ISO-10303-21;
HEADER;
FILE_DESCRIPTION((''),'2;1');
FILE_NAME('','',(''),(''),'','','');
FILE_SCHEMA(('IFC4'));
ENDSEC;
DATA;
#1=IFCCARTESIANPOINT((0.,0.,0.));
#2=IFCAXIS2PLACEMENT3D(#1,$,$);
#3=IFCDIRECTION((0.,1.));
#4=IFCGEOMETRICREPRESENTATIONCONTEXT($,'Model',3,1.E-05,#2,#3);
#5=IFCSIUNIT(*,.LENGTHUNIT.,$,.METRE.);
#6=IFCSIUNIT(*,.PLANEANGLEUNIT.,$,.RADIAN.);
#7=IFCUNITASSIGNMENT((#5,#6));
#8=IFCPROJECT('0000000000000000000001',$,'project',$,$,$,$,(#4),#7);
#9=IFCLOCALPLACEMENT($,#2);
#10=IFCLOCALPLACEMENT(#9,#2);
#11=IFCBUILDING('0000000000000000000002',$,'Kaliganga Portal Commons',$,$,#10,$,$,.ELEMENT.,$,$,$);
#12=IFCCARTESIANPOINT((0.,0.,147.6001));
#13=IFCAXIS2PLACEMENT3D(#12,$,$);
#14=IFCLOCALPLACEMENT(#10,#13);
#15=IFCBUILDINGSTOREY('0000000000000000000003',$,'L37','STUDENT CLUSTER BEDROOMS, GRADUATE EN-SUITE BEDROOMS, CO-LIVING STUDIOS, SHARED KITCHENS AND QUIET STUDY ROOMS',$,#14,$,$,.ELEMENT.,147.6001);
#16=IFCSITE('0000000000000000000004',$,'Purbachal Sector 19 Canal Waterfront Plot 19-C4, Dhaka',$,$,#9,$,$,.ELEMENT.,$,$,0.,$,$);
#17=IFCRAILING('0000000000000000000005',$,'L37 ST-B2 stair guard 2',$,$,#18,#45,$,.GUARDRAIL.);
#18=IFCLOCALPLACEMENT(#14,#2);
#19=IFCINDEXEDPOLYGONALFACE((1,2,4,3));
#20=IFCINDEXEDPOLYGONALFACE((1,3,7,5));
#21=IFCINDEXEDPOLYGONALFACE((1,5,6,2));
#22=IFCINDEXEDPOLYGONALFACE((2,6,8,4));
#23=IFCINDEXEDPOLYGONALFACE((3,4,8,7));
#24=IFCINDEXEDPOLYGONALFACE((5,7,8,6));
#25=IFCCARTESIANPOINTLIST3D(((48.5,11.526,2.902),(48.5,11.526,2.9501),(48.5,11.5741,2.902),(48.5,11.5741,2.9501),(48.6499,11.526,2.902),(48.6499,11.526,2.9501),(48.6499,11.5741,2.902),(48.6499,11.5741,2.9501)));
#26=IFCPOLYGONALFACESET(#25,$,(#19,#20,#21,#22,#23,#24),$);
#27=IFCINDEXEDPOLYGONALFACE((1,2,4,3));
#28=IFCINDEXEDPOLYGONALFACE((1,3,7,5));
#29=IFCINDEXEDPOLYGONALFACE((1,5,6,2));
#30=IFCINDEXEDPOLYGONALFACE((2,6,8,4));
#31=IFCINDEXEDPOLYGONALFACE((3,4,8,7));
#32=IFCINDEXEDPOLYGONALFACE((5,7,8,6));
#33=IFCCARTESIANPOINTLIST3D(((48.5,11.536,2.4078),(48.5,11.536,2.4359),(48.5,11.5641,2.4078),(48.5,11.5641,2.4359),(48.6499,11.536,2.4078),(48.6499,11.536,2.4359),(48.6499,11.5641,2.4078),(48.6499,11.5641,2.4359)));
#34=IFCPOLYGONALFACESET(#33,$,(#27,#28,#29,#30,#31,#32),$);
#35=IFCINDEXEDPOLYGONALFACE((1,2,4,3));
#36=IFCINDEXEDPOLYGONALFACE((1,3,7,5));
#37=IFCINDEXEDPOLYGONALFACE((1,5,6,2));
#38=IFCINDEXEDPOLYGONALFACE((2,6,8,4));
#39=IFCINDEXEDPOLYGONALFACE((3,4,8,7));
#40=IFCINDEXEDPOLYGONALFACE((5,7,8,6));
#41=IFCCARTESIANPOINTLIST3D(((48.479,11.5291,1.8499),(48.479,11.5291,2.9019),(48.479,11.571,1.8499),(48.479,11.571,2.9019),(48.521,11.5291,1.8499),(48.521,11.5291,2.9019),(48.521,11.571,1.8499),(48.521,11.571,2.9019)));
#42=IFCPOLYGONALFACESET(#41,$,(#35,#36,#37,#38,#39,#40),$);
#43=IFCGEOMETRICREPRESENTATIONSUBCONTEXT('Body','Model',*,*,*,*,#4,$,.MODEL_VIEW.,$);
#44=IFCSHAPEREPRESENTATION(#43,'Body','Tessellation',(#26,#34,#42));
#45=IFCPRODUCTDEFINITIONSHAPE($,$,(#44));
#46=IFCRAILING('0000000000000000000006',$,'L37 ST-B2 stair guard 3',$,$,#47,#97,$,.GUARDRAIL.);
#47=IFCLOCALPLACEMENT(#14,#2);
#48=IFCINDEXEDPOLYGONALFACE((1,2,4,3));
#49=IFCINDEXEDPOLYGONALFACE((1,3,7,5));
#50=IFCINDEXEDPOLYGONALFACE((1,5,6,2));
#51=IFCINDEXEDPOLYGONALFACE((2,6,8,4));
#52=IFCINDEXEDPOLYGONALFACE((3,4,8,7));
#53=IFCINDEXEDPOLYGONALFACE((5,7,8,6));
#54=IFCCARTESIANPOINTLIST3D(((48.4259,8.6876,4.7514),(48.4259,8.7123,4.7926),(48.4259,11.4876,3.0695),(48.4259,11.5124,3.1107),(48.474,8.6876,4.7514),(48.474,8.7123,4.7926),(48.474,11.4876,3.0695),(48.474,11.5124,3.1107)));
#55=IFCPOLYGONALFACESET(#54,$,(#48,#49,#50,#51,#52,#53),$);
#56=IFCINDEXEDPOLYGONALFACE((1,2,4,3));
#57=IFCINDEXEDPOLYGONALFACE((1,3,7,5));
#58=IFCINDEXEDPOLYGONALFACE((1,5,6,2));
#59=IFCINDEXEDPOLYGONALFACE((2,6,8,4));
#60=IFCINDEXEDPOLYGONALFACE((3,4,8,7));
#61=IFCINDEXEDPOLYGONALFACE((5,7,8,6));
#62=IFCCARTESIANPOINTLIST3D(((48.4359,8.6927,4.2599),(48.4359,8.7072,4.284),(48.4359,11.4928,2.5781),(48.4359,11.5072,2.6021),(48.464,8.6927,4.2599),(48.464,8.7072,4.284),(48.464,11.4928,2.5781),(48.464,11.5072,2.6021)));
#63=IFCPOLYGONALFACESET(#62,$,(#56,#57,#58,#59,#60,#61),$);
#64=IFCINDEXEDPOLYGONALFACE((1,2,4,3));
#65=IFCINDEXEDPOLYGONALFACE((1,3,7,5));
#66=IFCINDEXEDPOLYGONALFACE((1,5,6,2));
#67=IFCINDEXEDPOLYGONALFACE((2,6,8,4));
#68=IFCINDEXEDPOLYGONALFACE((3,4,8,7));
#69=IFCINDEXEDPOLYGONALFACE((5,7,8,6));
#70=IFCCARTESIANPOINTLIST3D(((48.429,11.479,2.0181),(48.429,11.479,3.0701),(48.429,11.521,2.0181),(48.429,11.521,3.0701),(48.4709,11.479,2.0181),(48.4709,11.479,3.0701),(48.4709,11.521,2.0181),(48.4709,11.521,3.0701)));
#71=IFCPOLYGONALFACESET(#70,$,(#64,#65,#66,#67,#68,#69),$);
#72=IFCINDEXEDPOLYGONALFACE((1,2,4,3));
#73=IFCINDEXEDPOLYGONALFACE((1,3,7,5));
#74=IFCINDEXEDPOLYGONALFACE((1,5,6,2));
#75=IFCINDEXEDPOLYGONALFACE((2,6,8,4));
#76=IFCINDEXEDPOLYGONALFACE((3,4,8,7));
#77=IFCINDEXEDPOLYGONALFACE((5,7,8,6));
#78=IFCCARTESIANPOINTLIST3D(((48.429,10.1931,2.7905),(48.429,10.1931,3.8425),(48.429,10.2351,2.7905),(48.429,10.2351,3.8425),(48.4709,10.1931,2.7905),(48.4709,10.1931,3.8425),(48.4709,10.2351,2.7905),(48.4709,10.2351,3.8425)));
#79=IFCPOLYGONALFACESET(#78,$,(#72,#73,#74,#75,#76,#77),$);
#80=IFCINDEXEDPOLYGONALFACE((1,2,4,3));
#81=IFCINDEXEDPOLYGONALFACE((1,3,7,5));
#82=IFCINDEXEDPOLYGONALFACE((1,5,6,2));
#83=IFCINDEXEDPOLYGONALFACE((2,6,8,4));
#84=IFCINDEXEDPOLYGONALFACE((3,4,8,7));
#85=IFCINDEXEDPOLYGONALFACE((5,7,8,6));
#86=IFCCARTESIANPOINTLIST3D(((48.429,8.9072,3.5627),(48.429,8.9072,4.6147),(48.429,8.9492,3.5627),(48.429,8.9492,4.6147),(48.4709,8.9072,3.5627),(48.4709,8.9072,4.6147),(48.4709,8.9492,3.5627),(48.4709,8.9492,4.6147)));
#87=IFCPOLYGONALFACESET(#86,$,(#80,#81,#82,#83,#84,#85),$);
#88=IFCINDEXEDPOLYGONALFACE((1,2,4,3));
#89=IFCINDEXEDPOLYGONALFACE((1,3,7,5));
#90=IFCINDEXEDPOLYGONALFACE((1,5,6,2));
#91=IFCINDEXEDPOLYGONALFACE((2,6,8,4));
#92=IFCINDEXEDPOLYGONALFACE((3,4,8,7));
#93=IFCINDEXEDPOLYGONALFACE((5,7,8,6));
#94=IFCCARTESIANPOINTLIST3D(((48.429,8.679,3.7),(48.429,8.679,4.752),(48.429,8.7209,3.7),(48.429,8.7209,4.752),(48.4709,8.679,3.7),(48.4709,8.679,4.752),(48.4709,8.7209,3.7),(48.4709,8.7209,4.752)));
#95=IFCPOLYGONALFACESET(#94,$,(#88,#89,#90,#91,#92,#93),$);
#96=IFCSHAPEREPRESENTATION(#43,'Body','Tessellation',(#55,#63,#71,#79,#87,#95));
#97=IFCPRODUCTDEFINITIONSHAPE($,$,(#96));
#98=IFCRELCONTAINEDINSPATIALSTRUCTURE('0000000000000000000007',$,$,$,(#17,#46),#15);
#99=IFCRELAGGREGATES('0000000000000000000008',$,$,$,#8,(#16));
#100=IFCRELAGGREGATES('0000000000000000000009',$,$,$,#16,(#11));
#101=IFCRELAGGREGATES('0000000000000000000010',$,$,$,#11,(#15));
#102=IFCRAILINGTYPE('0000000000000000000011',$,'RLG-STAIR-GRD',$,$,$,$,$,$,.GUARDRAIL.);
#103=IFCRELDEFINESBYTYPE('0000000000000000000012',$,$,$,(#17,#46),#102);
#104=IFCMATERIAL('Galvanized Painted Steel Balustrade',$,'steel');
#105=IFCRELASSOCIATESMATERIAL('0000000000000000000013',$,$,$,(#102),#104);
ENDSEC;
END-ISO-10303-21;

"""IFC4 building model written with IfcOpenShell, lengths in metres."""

from ifc_helpers import new_model, si_unit, direction, frame, origin, origin_2d, place, context, subcontext, project, spatial, rectangle, extrude, material, type_object, element, save


model = new_model("IFC4")

# Units and contexts
model_context = context("Model", 3, precision=1e-05, world=origin(), true_north=direction((0.0, 1.0)))
body_context = subcontext(model_context, "Body", "Model", "MODEL_VIEW")
ifc_project = project(units=[si_unit("LENGTHUNIT", "METRE"), si_unit("PLANEANGLEUNIT", "RADIAN")], contexts=[model_context])

# Site, building, storey
site_placement = place(None, origin())
site = spatial("IfcSite", under=ifc_project, at=site_placement, Name="Purbachal Sector 19 Canal Waterfront Plot 19-C4, Dhaka", CompositionType="ELEMENT", RefElevation=0.0)
building_placement = place(site_placement, origin())
building = spatial("IfcBuilding", under=site, at=building_placement, Name="Kaliganga Portal Commons", CompositionType="ELEMENT")
storey_placement = place(building_placement, frame((0.0, 0.0, 147.6001)))
storey = spatial("IfcBuildingStorey", under=building, at=storey_placement, Name="L37", Description="STUDENT CLUSTER BEDROOMS, GRADUATE EN-SUITE BEDROOMS, CO-LIVING STUDIOS, SHARED KITCHENS AND QUIET STUDY ROOMS", CompositionType="ELEMENT", Elevation=147.6001)

# Railings
ifc_material_1 = material(Name="Galvanized Painted Steel Balustrade", Category="steel")
railing_type = type_object("IfcRailingType", Name="RLG-STAIR-GRD", PredefinedType="GUARDRAIL", material=ifc_material_1)
railing_1_placement = place(storey_placement, frame((48.6499, 11.55, 1.8499)))
element("IfcRailing", 1, at=railing_1_placement, inside=storey, type_object=railing_type, Name="L37 ST-B2 stair guard 2", PredefinedType="GUARDRAIL", context=body_context, shape_type="SweptSolid", body=[
    extrude(rectangle(XDim=0.0481, YDim=0.0481, at=origin_2d()), frame((0.0, 0.0, 1.0762), z_axis=(-1.0, 0.0, 0.0), x_axis=(0.0, -1.0, 0.0)), (0.0, 0.0, 1.0), 0.1499),
    extrude(rectangle(XDim=0.0281, YDim=0.0281, at=origin_2d()), frame((0.0, 0.0, 0.572), z_axis=(-1.0, 0.0, 0.0), x_axis=(0.0, -1.0, 0.0)), (0.0, 0.0, 1.0), 0.1499),
    extrude(rectangle(XDim=0.042, YDim=0.042, at=origin_2d()), frame((-0.1499, 0.0, 0.0)), (0.0, 0.0, 1.0), 1.052),
])
railing_2_placement = place(storey_placement, frame((48.45, 11.5, 2.0181)))
element("IfcRailing", 2, at=railing_2_placement, inside=storey, type_object=railing_type, Name="L37 ST-B2 stair guard 3", PredefinedType="GUARDRAIL", context=body_context, shape_type="SweptSolid", body=[
    extrude(rectangle(XDim=0.0481, YDim=0.0481, at=origin_2d()), frame((0.0, 0.0, 1.072), z_axis=(0.0, -0.857242, 0.514913), x_axis=(1.0, 0.0, 0.0)), (0.0, 0.0, 1.0), 3.2664),
    extrude(rectangle(XDim=0.0281, YDim=0.0281, at=origin_2d()), frame((0.0, 0.0, 0.572), z_axis=(0.0, -0.857242, 0.514913), x_axis=(1.0, 0.0, 0.0)), (0.0, 0.0, 1.0), 3.2664),
    extrude(rectangle(XDim=0.042, YDim=0.042, at=origin_2d()), origin(), (0.0, 0.0, 1.0), 1.052),
    extrude(rectangle(XDim=0.042, YDim=0.042, at=origin_2d()), frame((0.0, -1.2859, 0.7725)), (0.0, 0.0, 1.0), 1.052),
    extrude(rectangle(XDim=0.042, YDim=0.042, at=origin_2d()), frame((0.0, -2.5718, 1.5447)), (0.0, 0.0, 1.0), 1.052),
    extrude(rectangle(XDim=0.042, YDim=0.042, at=origin_2d()), frame((0.0, -2.8, 1.6819)), (0.0, 0.0, 1.0), 1.052),
])

save(model, "model.ifc")
